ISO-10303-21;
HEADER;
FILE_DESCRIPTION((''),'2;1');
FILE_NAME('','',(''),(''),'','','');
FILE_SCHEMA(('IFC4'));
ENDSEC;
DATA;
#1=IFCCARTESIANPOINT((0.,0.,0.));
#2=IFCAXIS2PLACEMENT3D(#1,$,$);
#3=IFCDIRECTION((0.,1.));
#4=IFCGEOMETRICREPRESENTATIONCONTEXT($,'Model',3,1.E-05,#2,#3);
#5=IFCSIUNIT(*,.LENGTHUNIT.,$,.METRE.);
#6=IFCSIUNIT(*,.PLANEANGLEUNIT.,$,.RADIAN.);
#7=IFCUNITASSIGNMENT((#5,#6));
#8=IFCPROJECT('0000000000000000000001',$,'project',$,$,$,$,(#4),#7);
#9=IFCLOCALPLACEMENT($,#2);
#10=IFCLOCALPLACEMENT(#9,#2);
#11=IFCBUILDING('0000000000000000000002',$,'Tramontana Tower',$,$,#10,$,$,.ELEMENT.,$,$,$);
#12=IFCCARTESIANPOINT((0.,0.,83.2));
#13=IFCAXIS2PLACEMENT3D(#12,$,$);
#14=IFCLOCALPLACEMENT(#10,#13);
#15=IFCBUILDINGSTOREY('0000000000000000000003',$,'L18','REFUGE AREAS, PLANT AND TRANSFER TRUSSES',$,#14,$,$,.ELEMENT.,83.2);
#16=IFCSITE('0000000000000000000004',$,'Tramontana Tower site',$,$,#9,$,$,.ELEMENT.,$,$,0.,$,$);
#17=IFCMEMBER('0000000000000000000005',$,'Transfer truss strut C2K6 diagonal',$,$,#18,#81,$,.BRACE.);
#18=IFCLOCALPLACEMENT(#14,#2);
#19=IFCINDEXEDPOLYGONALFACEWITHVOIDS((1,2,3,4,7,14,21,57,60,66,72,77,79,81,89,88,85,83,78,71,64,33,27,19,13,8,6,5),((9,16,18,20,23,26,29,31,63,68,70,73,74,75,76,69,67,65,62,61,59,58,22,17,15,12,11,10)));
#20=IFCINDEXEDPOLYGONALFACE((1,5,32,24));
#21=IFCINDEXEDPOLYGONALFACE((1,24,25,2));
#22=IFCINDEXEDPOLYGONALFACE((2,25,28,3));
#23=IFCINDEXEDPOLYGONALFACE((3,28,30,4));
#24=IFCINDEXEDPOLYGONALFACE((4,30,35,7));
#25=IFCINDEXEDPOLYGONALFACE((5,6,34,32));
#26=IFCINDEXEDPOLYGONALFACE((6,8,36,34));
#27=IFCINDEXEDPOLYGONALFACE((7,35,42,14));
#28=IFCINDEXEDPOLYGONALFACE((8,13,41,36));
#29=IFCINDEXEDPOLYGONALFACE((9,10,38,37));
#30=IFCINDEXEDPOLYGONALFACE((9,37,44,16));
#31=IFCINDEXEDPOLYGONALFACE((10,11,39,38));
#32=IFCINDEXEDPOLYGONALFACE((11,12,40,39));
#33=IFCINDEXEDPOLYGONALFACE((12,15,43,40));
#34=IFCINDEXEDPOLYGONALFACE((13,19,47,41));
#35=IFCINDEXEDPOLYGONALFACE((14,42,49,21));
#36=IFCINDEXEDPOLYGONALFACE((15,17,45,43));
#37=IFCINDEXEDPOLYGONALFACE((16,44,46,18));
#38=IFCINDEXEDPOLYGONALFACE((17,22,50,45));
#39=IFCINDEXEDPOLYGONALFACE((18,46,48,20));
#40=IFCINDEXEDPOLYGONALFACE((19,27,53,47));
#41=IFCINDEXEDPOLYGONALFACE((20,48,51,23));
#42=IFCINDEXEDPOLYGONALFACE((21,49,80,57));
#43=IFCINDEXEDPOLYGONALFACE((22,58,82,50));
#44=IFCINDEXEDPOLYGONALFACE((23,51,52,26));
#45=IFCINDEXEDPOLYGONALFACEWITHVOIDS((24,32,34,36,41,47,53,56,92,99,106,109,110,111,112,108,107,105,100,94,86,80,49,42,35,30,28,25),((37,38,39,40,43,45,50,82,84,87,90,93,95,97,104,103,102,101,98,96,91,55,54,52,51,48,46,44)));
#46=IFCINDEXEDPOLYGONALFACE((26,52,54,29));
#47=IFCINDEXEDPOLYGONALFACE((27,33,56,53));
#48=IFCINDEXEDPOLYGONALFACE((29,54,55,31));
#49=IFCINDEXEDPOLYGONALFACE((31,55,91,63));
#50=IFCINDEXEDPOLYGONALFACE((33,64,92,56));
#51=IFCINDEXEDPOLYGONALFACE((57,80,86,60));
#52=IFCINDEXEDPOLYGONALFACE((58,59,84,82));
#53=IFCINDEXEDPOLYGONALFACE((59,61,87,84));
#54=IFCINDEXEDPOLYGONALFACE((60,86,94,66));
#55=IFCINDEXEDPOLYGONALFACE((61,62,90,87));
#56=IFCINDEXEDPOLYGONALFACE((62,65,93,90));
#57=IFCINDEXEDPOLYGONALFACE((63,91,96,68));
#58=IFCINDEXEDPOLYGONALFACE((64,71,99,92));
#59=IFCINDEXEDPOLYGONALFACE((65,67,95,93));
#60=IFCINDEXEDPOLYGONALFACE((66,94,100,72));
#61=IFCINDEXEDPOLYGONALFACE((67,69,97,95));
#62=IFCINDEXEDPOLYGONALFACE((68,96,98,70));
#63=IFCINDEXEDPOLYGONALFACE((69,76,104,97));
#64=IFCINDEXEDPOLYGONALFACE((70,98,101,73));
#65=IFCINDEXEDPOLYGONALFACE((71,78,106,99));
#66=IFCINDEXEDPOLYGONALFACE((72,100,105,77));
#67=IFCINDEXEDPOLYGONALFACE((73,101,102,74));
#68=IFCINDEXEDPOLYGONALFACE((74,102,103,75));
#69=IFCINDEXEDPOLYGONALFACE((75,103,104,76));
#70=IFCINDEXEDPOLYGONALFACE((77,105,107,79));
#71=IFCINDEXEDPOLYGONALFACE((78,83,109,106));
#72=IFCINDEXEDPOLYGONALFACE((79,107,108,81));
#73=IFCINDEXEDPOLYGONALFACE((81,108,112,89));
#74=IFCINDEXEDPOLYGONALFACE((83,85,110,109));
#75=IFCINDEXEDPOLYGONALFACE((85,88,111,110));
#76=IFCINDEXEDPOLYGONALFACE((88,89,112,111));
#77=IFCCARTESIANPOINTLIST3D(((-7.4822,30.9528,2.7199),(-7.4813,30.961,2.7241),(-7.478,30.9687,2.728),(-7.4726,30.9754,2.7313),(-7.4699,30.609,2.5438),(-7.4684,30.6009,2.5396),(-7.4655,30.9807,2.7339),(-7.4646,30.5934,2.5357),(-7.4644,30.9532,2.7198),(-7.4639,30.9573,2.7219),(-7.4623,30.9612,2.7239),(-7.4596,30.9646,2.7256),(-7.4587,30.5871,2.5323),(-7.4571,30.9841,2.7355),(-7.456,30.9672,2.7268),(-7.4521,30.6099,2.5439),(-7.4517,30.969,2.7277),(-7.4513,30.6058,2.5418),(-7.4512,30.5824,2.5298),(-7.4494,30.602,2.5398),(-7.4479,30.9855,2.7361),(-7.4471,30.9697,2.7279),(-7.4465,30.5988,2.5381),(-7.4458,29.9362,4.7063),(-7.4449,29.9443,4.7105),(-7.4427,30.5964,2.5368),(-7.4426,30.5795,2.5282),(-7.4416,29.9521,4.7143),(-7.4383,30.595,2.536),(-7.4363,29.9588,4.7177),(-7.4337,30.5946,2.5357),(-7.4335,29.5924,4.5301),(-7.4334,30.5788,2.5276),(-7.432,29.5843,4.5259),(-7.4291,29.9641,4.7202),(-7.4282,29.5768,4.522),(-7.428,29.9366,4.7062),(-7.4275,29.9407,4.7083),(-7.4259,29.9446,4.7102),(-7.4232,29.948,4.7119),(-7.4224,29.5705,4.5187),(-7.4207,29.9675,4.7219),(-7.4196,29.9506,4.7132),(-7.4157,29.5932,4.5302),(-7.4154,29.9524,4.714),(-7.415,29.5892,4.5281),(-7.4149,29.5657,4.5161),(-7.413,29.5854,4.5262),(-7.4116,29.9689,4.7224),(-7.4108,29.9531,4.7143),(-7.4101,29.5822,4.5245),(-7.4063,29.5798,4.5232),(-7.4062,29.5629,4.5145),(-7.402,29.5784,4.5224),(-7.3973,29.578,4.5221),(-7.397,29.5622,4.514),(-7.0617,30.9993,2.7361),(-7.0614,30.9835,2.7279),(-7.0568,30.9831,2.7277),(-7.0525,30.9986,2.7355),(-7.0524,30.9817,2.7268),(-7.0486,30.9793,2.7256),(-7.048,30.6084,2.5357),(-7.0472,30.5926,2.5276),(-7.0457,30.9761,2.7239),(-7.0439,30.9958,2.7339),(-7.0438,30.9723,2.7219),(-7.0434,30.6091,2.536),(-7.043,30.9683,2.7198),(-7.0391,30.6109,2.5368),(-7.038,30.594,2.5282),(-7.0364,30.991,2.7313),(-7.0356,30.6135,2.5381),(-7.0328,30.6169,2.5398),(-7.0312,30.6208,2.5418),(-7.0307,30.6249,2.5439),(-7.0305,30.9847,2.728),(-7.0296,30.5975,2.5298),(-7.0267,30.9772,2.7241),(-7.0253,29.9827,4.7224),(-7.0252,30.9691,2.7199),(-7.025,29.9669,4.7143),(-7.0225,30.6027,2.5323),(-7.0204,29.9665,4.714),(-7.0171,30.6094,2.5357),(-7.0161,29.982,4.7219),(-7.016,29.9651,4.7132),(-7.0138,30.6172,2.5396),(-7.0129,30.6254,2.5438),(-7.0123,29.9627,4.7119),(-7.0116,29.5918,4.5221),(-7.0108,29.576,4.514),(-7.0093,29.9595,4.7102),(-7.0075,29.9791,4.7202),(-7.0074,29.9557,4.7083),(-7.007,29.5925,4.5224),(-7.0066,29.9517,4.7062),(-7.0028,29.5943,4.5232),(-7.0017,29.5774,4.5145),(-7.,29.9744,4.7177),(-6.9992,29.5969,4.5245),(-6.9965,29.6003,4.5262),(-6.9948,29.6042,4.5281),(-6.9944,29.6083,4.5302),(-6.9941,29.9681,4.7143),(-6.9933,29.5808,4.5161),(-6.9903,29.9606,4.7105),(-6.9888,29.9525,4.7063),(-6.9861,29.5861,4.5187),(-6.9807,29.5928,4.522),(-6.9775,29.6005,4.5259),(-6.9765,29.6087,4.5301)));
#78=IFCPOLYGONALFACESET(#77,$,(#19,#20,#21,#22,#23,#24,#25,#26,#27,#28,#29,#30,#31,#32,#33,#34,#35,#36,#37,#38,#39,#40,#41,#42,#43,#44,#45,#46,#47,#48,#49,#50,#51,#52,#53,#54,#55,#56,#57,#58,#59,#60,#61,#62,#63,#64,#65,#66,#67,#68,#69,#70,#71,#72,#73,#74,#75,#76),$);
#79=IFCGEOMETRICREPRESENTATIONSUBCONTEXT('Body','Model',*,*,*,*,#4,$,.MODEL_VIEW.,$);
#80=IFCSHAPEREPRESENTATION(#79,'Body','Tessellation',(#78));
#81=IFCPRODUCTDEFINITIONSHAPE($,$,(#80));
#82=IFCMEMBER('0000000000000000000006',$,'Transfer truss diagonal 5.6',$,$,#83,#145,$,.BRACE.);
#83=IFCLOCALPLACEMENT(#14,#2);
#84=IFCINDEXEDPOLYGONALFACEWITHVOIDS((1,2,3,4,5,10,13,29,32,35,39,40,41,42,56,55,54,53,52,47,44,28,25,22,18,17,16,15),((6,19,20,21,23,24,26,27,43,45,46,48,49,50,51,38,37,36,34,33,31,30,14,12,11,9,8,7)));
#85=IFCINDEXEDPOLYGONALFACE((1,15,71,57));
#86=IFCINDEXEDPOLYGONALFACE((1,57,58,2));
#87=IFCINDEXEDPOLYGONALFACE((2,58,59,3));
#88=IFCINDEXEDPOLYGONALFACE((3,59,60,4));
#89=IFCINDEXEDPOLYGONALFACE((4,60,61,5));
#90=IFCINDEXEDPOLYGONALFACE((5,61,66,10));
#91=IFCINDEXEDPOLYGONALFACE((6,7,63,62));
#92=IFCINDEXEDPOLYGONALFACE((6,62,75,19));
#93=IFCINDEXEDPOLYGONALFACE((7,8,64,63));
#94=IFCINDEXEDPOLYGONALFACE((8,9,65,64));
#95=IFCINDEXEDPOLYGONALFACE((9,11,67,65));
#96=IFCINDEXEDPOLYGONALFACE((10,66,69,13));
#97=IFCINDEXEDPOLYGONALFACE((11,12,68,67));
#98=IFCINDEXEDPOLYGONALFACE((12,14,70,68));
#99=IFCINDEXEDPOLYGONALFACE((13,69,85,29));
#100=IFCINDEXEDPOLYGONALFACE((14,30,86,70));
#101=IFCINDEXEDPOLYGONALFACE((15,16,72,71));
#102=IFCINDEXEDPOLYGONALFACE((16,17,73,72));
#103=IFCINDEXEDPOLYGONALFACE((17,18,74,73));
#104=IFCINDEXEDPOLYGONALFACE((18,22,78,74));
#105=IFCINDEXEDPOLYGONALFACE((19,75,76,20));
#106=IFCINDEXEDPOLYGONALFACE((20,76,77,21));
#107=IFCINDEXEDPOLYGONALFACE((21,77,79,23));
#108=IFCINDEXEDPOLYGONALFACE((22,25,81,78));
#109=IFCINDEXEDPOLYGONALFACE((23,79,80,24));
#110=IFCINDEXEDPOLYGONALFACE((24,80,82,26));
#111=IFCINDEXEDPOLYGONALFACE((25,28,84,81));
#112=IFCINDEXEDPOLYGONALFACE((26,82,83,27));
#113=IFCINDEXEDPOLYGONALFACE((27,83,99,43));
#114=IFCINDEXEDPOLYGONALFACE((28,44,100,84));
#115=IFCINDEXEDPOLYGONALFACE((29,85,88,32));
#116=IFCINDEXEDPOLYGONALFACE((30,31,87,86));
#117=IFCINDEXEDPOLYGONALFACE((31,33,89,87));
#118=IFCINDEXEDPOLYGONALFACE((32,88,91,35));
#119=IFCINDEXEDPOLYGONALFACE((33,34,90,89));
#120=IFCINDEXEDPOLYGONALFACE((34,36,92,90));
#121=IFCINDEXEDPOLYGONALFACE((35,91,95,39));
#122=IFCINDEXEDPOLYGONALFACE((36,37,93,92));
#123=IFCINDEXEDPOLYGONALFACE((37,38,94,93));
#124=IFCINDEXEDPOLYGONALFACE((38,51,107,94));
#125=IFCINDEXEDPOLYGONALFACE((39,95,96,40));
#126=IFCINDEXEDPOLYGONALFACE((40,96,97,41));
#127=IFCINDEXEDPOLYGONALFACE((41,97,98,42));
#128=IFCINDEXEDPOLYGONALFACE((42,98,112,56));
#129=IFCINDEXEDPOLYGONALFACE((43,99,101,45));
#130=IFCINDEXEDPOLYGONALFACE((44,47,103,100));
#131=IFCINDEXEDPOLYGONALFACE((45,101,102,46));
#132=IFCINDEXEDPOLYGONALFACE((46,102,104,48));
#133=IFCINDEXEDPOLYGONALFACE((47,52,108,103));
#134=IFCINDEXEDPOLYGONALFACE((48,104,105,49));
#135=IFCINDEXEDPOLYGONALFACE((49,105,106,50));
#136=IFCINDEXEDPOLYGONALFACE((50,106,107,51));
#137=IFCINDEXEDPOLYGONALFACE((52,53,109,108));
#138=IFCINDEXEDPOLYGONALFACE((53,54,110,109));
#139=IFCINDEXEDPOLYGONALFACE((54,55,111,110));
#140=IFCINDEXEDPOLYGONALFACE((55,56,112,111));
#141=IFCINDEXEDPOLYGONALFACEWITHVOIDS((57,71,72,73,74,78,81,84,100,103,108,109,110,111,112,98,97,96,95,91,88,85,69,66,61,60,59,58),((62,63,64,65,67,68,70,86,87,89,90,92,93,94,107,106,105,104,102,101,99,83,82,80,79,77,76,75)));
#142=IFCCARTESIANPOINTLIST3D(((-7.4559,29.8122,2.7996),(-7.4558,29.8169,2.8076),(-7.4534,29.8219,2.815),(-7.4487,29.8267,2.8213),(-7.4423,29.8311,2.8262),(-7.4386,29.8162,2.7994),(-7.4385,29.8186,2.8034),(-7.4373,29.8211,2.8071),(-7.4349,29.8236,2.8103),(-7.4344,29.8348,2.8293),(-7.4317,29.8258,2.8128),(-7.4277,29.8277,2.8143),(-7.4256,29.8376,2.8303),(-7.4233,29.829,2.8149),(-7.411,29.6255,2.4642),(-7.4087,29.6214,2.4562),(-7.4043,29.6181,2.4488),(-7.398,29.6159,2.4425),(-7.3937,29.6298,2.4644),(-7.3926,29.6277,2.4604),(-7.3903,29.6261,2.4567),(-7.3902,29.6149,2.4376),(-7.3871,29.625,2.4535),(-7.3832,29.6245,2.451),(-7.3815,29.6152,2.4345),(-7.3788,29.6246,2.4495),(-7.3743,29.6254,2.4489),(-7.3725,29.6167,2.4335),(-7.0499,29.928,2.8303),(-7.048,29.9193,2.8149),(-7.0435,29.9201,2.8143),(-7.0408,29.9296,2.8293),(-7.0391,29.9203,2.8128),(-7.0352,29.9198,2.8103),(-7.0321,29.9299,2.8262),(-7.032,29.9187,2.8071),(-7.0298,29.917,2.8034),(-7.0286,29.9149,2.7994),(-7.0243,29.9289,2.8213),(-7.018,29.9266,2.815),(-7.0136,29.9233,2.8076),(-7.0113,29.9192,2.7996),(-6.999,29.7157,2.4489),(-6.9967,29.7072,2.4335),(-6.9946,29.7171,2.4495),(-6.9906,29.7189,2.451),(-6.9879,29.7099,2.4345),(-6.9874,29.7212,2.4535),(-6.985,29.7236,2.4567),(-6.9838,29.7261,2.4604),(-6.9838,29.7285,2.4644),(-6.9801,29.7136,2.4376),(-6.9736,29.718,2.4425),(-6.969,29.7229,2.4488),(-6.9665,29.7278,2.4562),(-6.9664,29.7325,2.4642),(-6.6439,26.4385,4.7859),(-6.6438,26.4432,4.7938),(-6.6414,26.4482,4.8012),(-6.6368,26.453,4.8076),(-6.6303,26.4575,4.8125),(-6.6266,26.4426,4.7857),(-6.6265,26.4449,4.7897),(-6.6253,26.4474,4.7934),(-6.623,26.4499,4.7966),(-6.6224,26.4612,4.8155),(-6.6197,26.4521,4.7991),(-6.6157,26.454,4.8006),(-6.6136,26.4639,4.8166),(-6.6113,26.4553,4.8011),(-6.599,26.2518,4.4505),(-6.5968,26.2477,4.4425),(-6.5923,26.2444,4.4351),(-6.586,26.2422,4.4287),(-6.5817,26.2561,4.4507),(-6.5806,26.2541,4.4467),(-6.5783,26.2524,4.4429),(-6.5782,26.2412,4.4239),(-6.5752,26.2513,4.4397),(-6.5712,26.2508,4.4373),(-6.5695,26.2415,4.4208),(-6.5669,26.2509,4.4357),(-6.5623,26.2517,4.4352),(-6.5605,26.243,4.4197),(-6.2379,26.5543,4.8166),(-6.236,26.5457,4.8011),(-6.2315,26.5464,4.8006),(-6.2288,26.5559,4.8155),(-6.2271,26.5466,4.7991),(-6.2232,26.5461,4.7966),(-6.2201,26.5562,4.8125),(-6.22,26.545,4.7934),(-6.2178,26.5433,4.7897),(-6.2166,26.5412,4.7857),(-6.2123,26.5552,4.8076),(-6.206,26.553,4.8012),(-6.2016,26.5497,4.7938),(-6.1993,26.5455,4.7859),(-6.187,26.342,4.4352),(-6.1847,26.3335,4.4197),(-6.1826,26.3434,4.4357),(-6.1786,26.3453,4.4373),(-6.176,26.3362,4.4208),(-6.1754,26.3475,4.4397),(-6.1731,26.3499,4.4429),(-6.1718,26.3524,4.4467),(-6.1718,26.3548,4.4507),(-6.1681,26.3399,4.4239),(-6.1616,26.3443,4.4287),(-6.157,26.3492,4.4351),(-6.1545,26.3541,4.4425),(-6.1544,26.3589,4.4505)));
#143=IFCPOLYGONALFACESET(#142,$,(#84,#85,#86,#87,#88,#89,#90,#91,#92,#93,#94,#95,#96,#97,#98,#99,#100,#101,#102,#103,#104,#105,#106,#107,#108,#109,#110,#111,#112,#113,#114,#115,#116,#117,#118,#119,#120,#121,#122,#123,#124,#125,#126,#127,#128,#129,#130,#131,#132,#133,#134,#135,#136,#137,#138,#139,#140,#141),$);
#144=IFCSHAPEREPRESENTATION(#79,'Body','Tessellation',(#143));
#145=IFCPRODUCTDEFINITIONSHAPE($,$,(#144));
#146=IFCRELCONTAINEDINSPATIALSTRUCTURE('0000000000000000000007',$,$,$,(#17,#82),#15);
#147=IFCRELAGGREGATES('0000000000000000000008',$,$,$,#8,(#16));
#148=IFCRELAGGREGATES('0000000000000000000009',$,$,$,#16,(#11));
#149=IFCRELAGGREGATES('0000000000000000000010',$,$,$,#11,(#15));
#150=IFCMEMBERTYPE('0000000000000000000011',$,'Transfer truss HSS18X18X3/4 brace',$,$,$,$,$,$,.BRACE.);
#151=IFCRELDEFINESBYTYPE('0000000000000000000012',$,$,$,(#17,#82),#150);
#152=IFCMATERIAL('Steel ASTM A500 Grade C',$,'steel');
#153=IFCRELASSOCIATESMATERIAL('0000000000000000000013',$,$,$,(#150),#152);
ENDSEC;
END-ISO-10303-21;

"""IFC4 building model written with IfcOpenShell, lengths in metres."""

from ifc_helpers import new_model, si_unit, direction, frame, origin, origin_2d, place, context, subcontext, project, spatial, hollow_rectangle, extrude, material, material_profile, profile_set, type_object, element, save


model = new_model("IFC4")

# Units and contexts
model_context = context("Model", 3, precision=1e-05, world=origin(), true_north=direction((0.0, 1.0)))
body_context = subcontext(model_context, "Body", "Model", "MODEL_VIEW")
ifc_project = project(units=[si_unit("LENGTHUNIT", "METRE"), si_unit("PLANEANGLEUNIT", "RADIAN")], contexts=[model_context])

# Site, building, storey
site_placement = place(None, origin())
site = spatial("IfcSite", under=ifc_project, at=site_placement, Name="Tramontana Tower site", CompositionType="ELEMENT", RefElevation=0.0)
building_placement = place(site_placement, origin())
building = spatial("IfcBuilding", under=site, at=building_placement, Name="Tramontana Tower", CompositionType="ELEMENT")
storey_placement = place(building_placement, frame((0.0, 0.0, 83.2)))
storey = spatial("IfcBuildingStorey", under=building, at=storey_placement, Name="L18", Description="REFUGE AREAS, PLANT AND TRANSFER TRUSSES", CompositionType="ELEMENT", Elevation=83.2)

# Members
ifc_material_1 = material(Name="Steel ASTM A500 Grade C", Category="steel")
ifc_material_profile_1 = material_profile(ifc_material_1, hollow_rectangle(XDim=0.4573, YDim=0.4573, WallThickness=0.0178, InnerFilletRadius=0.0178, OuterFilletRadius=0.0354, at=origin_2d()), Name="HSS18X18X3/4")
ifc_profile_set_1 = profile_set([ifc_material_profile_1], Name="Steel ASTM A500 Grade C")
member_type_1 = type_object("IfcMemberType", Name="Transfer truss HSS18X18X3/4 brace", PredefinedType="BRACE", material=ifc_profile_set_1)
member_1_placement = place(storey_placement, frame((-7.2476, 30.7891, 2.6318), z_axis=(0.0163, -0.455536, 0.890068), x_axis=(0.99936, 0.03576, 0.0)))
element("IfcMember", 1, at=member_1_placement, inside=storey, type_object=member_type_1, Name="Transfer truss strut C2K6 diagonal", PredefinedType="BRACE", context=body_context, shape_type="SweptSolid", body=[
    extrude(hollow_rectangle(XDim=0.4573, YDim=0.4573, WallThickness=0.0178, InnerFilletRadius=0.0178, OuterFilletRadius=0.0354, at=origin_2d()), origin(), (0.0, 0.0, 1.0), 2.2317),
])
member_2_placement = place(storey_placement, frame((-6.3992, 26.3987, 4.6182), z_axis=(-0.203084, 0.843781, -0.49678), x_axis=(-0.972236, -0.234001, 0.0)))
element("IfcMember", 2, at=member_2_placement, inside=storey, type_object=member_type_1, Name="Transfer truss diagonal 5.6", PredefinedType="BRACE", context=body_context, shape_type="SweptSolid", body=[
    extrude(hollow_rectangle(XDim=0.4573, YDim=0.4573, WallThickness=0.0178, InnerFilletRadius=0.0178, OuterFilletRadius=0.0354, at=origin_2d()), origin(), (0.0, 0.0, 1.0), 3.9983),
])

save(model, "model.ifc")
